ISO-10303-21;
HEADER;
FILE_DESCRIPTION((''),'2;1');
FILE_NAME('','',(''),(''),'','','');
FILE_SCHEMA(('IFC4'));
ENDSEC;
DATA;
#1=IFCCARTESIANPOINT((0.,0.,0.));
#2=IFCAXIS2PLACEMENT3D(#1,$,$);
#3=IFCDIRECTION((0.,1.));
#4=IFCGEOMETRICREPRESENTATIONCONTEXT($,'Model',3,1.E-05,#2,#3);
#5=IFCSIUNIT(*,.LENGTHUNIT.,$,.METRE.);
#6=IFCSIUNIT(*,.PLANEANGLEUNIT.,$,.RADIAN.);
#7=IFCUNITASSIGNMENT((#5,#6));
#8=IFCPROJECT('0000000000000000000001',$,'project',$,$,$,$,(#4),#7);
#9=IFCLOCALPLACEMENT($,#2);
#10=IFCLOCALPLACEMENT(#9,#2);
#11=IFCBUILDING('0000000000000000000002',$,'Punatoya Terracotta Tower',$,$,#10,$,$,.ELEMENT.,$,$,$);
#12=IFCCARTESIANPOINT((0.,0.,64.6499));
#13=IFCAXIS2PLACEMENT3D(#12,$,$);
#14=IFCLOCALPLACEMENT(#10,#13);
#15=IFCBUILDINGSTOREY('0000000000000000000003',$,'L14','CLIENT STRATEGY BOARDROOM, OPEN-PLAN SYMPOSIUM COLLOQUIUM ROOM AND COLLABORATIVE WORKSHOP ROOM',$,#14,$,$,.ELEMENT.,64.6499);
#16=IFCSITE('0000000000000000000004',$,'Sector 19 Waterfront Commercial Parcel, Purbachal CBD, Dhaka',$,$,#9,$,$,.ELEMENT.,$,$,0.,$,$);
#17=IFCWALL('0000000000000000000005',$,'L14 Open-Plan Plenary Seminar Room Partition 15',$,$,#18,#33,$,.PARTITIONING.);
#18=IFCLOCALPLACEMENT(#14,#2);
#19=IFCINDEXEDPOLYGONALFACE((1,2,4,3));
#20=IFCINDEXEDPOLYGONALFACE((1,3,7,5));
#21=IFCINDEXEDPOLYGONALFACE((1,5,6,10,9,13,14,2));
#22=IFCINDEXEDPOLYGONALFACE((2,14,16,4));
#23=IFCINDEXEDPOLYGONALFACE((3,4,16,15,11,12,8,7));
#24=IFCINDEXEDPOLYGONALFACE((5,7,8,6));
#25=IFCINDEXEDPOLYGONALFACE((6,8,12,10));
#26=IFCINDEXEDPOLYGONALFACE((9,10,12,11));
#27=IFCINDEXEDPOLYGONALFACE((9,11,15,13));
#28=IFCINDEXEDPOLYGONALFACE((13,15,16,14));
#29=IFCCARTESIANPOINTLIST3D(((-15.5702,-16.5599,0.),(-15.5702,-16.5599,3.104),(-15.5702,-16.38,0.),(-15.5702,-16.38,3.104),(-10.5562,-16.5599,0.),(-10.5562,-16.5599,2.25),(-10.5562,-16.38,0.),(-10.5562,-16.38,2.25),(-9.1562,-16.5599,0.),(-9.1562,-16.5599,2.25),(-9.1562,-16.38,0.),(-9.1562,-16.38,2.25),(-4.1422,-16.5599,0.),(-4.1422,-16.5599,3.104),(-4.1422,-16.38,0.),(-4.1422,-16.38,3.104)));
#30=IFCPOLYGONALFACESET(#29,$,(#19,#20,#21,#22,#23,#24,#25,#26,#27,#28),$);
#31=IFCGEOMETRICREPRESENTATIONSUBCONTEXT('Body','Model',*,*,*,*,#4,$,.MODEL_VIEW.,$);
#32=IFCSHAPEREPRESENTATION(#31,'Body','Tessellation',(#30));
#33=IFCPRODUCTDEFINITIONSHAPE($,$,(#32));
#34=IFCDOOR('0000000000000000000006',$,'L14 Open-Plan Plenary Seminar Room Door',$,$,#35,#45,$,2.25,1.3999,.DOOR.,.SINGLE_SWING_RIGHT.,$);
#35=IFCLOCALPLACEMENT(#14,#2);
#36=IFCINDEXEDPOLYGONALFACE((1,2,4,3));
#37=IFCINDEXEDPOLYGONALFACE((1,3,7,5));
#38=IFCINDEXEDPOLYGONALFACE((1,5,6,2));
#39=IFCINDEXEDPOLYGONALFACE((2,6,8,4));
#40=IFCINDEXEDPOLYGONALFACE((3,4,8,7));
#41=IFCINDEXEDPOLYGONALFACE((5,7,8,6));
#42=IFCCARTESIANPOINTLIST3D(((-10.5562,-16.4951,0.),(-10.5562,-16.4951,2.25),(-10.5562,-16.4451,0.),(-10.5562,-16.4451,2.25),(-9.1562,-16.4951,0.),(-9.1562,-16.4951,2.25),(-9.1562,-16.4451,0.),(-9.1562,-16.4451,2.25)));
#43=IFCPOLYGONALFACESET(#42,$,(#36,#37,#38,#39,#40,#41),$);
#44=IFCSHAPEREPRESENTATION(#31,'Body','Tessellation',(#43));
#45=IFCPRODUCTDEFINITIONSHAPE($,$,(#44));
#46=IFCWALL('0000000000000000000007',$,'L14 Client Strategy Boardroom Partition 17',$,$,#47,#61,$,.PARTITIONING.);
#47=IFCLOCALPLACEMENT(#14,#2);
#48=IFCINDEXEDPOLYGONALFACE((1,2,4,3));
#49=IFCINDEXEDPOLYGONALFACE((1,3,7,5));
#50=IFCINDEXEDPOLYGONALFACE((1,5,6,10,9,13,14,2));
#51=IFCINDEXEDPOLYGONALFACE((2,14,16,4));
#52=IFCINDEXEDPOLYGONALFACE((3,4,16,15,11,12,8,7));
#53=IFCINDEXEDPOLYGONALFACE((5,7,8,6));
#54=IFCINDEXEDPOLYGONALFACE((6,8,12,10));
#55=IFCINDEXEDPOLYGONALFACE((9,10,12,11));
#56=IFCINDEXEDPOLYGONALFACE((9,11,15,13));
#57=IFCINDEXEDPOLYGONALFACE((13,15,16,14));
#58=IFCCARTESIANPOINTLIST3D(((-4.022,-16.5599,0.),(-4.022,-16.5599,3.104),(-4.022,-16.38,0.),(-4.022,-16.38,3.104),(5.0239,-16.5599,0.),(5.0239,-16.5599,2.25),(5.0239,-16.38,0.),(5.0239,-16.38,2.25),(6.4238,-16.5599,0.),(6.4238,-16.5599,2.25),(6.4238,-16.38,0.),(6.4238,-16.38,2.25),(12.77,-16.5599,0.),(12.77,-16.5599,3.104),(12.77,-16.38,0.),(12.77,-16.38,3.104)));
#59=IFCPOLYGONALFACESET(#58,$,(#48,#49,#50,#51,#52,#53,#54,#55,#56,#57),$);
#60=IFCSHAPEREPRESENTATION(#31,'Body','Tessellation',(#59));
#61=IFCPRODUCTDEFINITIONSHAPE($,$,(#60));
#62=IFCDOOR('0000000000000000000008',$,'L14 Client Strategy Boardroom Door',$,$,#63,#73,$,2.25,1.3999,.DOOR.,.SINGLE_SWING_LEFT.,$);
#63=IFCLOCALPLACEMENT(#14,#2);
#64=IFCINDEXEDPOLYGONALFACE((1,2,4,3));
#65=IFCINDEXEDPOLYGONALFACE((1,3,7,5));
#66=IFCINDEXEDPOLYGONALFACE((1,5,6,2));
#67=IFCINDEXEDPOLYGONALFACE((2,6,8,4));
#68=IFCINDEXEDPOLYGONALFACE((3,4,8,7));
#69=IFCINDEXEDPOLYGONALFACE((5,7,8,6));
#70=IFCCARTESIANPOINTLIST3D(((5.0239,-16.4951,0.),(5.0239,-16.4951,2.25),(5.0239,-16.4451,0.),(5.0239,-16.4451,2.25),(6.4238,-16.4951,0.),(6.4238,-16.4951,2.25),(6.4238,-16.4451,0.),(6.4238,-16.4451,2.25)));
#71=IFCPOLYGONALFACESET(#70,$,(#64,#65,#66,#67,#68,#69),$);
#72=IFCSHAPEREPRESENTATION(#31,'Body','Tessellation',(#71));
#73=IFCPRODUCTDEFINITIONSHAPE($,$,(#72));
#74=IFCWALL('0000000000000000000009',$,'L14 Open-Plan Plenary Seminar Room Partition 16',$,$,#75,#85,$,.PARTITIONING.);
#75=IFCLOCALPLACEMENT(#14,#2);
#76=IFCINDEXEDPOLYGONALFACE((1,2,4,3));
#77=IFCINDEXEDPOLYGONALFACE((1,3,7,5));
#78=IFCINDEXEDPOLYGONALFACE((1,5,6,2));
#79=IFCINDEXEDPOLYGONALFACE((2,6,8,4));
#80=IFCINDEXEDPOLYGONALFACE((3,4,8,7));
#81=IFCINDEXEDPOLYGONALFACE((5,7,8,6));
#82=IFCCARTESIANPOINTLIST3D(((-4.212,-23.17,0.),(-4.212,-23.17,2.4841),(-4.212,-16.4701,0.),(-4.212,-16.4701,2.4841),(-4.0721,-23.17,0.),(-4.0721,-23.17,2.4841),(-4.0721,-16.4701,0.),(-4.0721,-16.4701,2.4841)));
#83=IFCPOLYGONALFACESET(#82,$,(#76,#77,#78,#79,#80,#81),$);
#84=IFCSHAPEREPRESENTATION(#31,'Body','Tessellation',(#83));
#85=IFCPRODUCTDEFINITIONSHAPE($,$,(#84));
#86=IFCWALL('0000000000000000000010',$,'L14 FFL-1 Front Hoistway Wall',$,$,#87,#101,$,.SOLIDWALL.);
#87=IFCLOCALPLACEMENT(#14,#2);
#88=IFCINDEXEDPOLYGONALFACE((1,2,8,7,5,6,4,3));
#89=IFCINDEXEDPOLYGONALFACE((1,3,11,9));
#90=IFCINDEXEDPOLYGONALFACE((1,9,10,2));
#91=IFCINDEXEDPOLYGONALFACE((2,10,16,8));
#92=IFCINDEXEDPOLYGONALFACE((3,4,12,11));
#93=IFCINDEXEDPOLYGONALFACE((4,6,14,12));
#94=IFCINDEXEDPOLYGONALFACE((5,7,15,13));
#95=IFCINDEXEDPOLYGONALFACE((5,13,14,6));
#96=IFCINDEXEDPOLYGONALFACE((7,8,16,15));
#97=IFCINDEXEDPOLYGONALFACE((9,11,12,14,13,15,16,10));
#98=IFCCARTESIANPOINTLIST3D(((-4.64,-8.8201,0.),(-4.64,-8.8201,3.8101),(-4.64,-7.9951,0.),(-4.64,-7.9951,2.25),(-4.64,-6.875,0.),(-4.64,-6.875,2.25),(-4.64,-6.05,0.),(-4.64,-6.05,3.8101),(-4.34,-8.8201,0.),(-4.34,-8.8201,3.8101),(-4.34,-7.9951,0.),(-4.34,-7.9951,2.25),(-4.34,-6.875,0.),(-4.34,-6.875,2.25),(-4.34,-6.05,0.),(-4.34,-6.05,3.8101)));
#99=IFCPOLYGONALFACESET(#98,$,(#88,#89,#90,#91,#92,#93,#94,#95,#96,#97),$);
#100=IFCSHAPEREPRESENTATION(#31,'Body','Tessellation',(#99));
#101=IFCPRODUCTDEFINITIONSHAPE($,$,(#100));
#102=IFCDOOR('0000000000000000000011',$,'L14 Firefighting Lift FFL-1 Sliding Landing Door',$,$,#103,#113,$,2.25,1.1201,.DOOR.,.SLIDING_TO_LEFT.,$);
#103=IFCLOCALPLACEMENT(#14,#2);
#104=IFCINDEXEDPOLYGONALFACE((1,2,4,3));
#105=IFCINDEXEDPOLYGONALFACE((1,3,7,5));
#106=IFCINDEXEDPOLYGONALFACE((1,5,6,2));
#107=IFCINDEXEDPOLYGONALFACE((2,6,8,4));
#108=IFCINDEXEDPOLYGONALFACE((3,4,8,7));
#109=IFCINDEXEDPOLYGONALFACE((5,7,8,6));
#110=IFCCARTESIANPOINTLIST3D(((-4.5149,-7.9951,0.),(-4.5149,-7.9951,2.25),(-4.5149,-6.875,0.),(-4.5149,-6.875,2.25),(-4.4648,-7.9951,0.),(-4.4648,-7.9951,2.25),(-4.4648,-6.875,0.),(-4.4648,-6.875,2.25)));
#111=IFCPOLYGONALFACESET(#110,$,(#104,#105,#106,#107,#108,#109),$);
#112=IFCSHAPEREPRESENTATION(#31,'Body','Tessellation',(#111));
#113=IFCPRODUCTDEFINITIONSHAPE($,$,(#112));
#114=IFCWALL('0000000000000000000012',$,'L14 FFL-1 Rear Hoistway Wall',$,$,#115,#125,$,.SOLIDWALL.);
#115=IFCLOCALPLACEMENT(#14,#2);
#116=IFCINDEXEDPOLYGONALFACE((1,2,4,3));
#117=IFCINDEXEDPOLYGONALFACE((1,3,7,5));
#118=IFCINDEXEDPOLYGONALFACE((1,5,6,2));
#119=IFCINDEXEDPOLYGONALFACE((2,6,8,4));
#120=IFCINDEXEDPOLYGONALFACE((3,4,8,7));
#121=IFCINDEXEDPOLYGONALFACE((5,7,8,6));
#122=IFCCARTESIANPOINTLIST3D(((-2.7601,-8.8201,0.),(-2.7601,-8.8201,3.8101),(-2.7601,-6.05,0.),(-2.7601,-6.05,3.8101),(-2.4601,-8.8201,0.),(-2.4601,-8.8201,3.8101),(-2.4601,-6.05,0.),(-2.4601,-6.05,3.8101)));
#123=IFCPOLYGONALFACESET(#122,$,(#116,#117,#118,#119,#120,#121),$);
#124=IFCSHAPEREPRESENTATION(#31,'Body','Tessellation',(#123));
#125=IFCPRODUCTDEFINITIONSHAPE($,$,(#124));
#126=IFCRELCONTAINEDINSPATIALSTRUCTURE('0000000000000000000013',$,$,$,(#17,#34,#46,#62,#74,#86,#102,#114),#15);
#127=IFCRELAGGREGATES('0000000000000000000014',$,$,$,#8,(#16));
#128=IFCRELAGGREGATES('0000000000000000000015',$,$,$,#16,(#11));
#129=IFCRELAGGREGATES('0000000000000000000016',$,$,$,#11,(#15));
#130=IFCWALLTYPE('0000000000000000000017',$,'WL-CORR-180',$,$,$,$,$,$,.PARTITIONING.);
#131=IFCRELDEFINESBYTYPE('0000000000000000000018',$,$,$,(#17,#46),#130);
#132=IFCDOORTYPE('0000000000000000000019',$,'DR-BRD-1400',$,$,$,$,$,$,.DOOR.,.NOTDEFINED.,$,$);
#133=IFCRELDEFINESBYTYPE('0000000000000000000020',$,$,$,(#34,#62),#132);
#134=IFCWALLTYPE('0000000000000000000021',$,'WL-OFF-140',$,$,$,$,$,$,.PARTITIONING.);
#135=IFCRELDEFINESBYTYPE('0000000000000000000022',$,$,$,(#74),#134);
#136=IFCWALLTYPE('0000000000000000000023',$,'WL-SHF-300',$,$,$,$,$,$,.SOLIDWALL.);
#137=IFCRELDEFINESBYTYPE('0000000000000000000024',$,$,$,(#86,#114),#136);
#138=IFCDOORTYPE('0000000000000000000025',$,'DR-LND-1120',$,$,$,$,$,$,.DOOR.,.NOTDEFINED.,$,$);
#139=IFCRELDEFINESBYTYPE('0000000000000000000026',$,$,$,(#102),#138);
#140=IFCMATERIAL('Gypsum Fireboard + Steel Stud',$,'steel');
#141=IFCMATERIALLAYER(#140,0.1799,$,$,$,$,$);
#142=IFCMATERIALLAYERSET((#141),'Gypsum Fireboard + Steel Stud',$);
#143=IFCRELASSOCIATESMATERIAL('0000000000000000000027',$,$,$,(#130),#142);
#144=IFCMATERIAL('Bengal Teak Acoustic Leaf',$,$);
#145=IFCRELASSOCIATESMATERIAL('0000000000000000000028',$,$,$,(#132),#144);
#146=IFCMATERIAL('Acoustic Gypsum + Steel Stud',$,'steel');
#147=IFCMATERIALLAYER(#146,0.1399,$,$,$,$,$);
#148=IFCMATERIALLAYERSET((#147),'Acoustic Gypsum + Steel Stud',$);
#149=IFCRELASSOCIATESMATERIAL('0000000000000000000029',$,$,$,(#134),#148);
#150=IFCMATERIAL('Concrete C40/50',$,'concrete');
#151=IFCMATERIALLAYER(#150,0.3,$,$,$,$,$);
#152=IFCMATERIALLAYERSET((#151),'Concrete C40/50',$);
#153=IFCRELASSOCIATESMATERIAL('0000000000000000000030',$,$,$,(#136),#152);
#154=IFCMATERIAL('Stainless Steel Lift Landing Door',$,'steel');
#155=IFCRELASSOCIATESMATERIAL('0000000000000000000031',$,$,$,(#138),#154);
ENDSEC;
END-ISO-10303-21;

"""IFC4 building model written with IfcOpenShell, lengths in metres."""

from ifc_helpers import new_model, si_unit, direction, frame, frame_2d, origin, place, context, subcontext, project, spatial, rectangle, extrude, material, layer, layer_set, type_object, element, fill, save


model = new_model("IFC4")

# Units and contexts
model_context = context("Model", 3, precision=1e-05, world=origin(), true_north=direction((0.0, 1.0)))
body_context = subcontext(model_context, "Body", "Model", "MODEL_VIEW")
ifc_project = project(units=[si_unit("LENGTHUNIT", "METRE"), si_unit("PLANEANGLEUNIT", "RADIAN")], contexts=[model_context])

# Site, building, storey
site_placement = place(None, origin())
site = spatial("IfcSite", under=ifc_project, at=site_placement, Name="Sector 19 Waterfront Commercial Parcel, Purbachal CBD, Dhaka", CompositionType="ELEMENT", RefElevation=0.0)
building_placement = place(site_placement, origin())
building = spatial("IfcBuilding", under=site, at=building_placement, Name="Punatoya Terracotta Tower", CompositionType="ELEMENT")
storey_placement = place(building_placement, frame((0.0, 0.0, 64.6499)))
storey = spatial("IfcBuildingStorey", under=building, at=storey_placement, Name="L14", Description="CLIENT STRATEGY BOARDROOM, OPEN-PLAN SYMPOSIUM COLLOQUIUM ROOM AND COLLABORATIVE WORKSHOP ROOM", CompositionType="ELEMENT", Elevation=64.6499)

# Walls, openings, doors
ifc_material_1 = material(Name="Gypsum Fireboard + Steel Stud", Category="steel")
ifc_layer_1 = layer(ifc_material_1, 0.1799)
ifc_layer_set_1 = layer_set([ifc_layer_1], Name="Gypsum Fireboard + Steel Stud")
wall_type_1 = type_object("IfcWallType", Name="WL-CORR-180", PredefinedType="PARTITIONING", material=ifc_layer_set_1)
wall_1_placement = place(storey_placement, frame((-15.5701, -16.47, 0.0), z_axis=(0.0, 0.0, 1.0), x_axis=(1.0, 0.0, 0.0)))
wall_1 = element("IfcWall", 1, at=wall_1_placement, inside=storey, type_object=wall_type_1, Name="L14 Open-Plan Plenary Seminar Room Partition 15", PredefinedType="PARTITIONING", context=body_context, shape_type="SweptSolid", body=[
    extrude(rectangle(XDim=11.428, YDim=0.1799, at=frame_2d((5.7139, 0.0))), origin(), (0.0, 0.0, 1.0), 3.104),
])
opening_1_placement = place(wall_1_placement, frame((5.0139, 0.0, 0.0)))
opening_1 = element("IfcOpeningElement", 2, at=opening_1_placement, cuts=wall_1, PredefinedType="OPENING", context=body_context, shape_type="SweptSolid", body=[
    extrude(rectangle(XDim=1.3999, YDim=2.25, at=frame_2d((0.7, 1.125))), frame((0.0, 0.0999, 0.0), z_axis=(0.0, -1.0, 0.0), x_axis=(1.0, 0.0, 0.0)), (0.0, 0.0, 1.0), 0.2),
])
ifc_material_2 = material(Name="Bengal Teak Acoustic Leaf")
door_type_1 = type_object("IfcDoorType", Name="DR-BRD-1400", OperationType="NOTDEFINED", PredefinedType="DOOR", material=ifc_material_2)
door_1_placement = place(opening_1_placement, origin())
door_1 = element("IfcDoor", 3, at=door_1_placement, inside=storey, type_object=door_type_1, Name="L14 Open-Plan Plenary Seminar Room Door", OperationType="SINGLE_SWING_RIGHT", OverallHeight=2.25, OverallWidth=1.3999, PredefinedType="DOOR", context=body_context, shape_type="SweptSolid", body=[
    extrude(rectangle(XDim=1.3999, YDim=2.25, at=frame_2d((0.7, 1.125))), frame((0.0, 0.0249, 0.0), z_axis=(0.0, -1.0, 0.0), x_axis=(1.0, 0.0, 0.0)), (0.0, 0.0, 1.0), 0.05),
])
fill(opening_1, door_1)
wall_2_placement = place(storey_placement, frame((-4.022, -16.47, 0.0), z_axis=(0.0, 0.0, 1.0), x_axis=(1.0, 0.0, 0.0)))
wall_2 = element("IfcWall", 4, at=wall_2_placement, inside=storey, type_object=wall_type_1, Name="L14 Client Strategy Boardroom Partition 17", PredefinedType="PARTITIONING", context=body_context, shape_type="SweptSolid", body=[
    extrude(rectangle(XDim=16.792, YDim=0.1799, at=frame_2d((8.396, 0.0))), origin(), (0.0, 0.0, 1.0), 3.104),
])
opening_2_placement = place(wall_2_placement, frame((9.0459, 0.0, 0.0)))
opening_2 = element("IfcOpeningElement", 5, at=opening_2_placement, cuts=wall_2, PredefinedType="OPENING", context=body_context, shape_type="SweptSolid", body=[
    extrude(rectangle(XDim=1.3999, YDim=2.25, at=frame_2d((0.7, 1.125))), frame((0.0, 0.0999, 0.0), z_axis=(0.0, -1.0, 0.0), x_axis=(1.0, 0.0, 0.0)), (0.0, 0.0, 1.0), 0.2),
])
door_2_placement = place(opening_2_placement, origin())
door_2 = element("IfcDoor", 6, at=door_2_placement, inside=storey, type_object=door_type_1, Name="L14 Client Strategy Boardroom Door", OperationType="SINGLE_SWING_LEFT", OverallHeight=2.25, OverallWidth=1.3999, PredefinedType="DOOR", context=body_context, shape_type="SweptSolid", body=[
    extrude(rectangle(XDim=1.3999, YDim=2.25, at=frame_2d((0.7, 1.125))), frame((0.0, 0.0249, 0.0), z_axis=(0.0, -1.0, 0.0), x_axis=(1.0, 0.0, 0.0)), (0.0, 0.0, 1.0), 0.05),
])
fill(opening_2, door_2)

# Wall
ifc_material_3 = material(Name="Acoustic Gypsum + Steel Stud", Category="steel")
ifc_layer_2 = layer(ifc_material_3, 0.1399)
ifc_layer_set_2 = layer_set([ifc_layer_2], Name="Acoustic Gypsum + Steel Stud")
wall_type_2 = type_object("IfcWallType", Name="WL-OFF-140", PredefinedType="PARTITIONING", material=ifc_layer_set_2)
wall_3_placement = place(storey_placement, frame((-4.1421, -16.47, 0.0), z_axis=(0.0, 0.0, 1.0), x_axis=(0.0, -1.0, 0.0)))
element("IfcWall", 7, at=wall_3_placement, inside=storey, type_object=wall_type_2, Name="L14 Open-Plan Plenary Seminar Room Partition 16", PredefinedType="PARTITIONING", context=body_context, shape_type="SweptSolid", body=[
    extrude(rectangle(XDim=6.7, YDim=0.1399, at=frame_2d((3.3501, 0.0))), origin(), (0.0, 0.0, 1.0), 2.4841),
])

# Wall, opening, door
ifc_material_4 = material(Name="Concrete C40/50", Category="concrete")
ifc_layer_3 = layer(ifc_material_4, 0.3)
ifc_layer_set_3 = layer_set([ifc_layer_3], Name="Concrete C40/50")
wall_type_3 = type_object("IfcWallType", Name="WL-SHF-300", PredefinedType="SOLIDWALL", material=ifc_layer_set_3)
wall_4_placement = place(storey_placement, frame((-4.49, -8.8201, 0.0), z_axis=(0.0, 0.0, 1.0), x_axis=(0.0, 1.0, 0.0)))
wall_4 = element("IfcWall", 8, at=wall_4_placement, inside=storey, type_object=wall_type_3, Name="L14 FFL-1 Front Hoistway Wall", PredefinedType="SOLIDWALL", context=body_context, shape_type="SweptSolid", body=[
    extrude(rectangle(XDim=2.77, YDim=0.3, at=frame_2d((1.385, 0.0))), origin(), (0.0, 0.0, 1.0), 3.8101),
])
opening_3_placement = place(wall_4_placement, frame((0.825, 0.0, 0.0)))
opening_3 = element("IfcOpeningElement", 9, at=opening_3_placement, cuts=wall_4, PredefinedType="OPENING", context=body_context, shape_type="SweptSolid", body=[
    extrude(rectangle(XDim=1.1201, YDim=2.25, at=frame_2d((0.5601, 1.125))), frame((0.0, 0.1599, 0.0), z_axis=(0.0, -1.0, 0.0), x_axis=(1.0, 0.0, 0.0)), (0.0, 0.0, 1.0), 0.3201),
])
ifc_material_5 = material(Name="Stainless Steel Lift Landing Door", Category="steel")
door_type_2 = type_object("IfcDoorType", Name="DR-LND-1120", OperationType="NOTDEFINED", PredefinedType="DOOR", material=ifc_material_5)
door_3_placement = place(opening_3_placement, origin())
door_3 = element("IfcDoor", 10, at=door_3_placement, inside=storey, type_object=door_type_2, Name="L14 Firefighting Lift FFL-1 Sliding Landing Door", OperationType="SLIDING_TO_LEFT", OverallHeight=2.25, OverallWidth=1.1201, PredefinedType="DOOR", context=body_context, shape_type="SweptSolid", body=[
    extrude(rectangle(XDim=1.1201, YDim=2.25, at=frame_2d((0.5601, 1.125))), frame((0.0, 0.0249, 0.0), z_axis=(0.0, -1.0, 0.0), x_axis=(1.0, 0.0, 0.0)), (0.0, 0.0, 1.0), 0.05),
])
fill(opening_3, door_3)

# Wall
wall_5_placement = place(storey_placement, frame((-2.6101, -8.8201, 0.0), z_axis=(0.0, 0.0, 1.0), x_axis=(0.0, 1.0, 0.0)))
element("IfcWall", 11, at=wall_5_placement, inside=storey, type_object=wall_type_3, Name="L14 FFL-1 Rear Hoistway Wall", PredefinedType="SOLIDWALL", context=body_context, shape_type="SweptSolid", body=[
    extrude(rectangle(XDim=2.77, YDim=0.3, at=frame_2d((1.385, 0.0))), origin(), (0.0, 0.0, 1.0), 3.8101),
])

save(model, "model.ifc")
